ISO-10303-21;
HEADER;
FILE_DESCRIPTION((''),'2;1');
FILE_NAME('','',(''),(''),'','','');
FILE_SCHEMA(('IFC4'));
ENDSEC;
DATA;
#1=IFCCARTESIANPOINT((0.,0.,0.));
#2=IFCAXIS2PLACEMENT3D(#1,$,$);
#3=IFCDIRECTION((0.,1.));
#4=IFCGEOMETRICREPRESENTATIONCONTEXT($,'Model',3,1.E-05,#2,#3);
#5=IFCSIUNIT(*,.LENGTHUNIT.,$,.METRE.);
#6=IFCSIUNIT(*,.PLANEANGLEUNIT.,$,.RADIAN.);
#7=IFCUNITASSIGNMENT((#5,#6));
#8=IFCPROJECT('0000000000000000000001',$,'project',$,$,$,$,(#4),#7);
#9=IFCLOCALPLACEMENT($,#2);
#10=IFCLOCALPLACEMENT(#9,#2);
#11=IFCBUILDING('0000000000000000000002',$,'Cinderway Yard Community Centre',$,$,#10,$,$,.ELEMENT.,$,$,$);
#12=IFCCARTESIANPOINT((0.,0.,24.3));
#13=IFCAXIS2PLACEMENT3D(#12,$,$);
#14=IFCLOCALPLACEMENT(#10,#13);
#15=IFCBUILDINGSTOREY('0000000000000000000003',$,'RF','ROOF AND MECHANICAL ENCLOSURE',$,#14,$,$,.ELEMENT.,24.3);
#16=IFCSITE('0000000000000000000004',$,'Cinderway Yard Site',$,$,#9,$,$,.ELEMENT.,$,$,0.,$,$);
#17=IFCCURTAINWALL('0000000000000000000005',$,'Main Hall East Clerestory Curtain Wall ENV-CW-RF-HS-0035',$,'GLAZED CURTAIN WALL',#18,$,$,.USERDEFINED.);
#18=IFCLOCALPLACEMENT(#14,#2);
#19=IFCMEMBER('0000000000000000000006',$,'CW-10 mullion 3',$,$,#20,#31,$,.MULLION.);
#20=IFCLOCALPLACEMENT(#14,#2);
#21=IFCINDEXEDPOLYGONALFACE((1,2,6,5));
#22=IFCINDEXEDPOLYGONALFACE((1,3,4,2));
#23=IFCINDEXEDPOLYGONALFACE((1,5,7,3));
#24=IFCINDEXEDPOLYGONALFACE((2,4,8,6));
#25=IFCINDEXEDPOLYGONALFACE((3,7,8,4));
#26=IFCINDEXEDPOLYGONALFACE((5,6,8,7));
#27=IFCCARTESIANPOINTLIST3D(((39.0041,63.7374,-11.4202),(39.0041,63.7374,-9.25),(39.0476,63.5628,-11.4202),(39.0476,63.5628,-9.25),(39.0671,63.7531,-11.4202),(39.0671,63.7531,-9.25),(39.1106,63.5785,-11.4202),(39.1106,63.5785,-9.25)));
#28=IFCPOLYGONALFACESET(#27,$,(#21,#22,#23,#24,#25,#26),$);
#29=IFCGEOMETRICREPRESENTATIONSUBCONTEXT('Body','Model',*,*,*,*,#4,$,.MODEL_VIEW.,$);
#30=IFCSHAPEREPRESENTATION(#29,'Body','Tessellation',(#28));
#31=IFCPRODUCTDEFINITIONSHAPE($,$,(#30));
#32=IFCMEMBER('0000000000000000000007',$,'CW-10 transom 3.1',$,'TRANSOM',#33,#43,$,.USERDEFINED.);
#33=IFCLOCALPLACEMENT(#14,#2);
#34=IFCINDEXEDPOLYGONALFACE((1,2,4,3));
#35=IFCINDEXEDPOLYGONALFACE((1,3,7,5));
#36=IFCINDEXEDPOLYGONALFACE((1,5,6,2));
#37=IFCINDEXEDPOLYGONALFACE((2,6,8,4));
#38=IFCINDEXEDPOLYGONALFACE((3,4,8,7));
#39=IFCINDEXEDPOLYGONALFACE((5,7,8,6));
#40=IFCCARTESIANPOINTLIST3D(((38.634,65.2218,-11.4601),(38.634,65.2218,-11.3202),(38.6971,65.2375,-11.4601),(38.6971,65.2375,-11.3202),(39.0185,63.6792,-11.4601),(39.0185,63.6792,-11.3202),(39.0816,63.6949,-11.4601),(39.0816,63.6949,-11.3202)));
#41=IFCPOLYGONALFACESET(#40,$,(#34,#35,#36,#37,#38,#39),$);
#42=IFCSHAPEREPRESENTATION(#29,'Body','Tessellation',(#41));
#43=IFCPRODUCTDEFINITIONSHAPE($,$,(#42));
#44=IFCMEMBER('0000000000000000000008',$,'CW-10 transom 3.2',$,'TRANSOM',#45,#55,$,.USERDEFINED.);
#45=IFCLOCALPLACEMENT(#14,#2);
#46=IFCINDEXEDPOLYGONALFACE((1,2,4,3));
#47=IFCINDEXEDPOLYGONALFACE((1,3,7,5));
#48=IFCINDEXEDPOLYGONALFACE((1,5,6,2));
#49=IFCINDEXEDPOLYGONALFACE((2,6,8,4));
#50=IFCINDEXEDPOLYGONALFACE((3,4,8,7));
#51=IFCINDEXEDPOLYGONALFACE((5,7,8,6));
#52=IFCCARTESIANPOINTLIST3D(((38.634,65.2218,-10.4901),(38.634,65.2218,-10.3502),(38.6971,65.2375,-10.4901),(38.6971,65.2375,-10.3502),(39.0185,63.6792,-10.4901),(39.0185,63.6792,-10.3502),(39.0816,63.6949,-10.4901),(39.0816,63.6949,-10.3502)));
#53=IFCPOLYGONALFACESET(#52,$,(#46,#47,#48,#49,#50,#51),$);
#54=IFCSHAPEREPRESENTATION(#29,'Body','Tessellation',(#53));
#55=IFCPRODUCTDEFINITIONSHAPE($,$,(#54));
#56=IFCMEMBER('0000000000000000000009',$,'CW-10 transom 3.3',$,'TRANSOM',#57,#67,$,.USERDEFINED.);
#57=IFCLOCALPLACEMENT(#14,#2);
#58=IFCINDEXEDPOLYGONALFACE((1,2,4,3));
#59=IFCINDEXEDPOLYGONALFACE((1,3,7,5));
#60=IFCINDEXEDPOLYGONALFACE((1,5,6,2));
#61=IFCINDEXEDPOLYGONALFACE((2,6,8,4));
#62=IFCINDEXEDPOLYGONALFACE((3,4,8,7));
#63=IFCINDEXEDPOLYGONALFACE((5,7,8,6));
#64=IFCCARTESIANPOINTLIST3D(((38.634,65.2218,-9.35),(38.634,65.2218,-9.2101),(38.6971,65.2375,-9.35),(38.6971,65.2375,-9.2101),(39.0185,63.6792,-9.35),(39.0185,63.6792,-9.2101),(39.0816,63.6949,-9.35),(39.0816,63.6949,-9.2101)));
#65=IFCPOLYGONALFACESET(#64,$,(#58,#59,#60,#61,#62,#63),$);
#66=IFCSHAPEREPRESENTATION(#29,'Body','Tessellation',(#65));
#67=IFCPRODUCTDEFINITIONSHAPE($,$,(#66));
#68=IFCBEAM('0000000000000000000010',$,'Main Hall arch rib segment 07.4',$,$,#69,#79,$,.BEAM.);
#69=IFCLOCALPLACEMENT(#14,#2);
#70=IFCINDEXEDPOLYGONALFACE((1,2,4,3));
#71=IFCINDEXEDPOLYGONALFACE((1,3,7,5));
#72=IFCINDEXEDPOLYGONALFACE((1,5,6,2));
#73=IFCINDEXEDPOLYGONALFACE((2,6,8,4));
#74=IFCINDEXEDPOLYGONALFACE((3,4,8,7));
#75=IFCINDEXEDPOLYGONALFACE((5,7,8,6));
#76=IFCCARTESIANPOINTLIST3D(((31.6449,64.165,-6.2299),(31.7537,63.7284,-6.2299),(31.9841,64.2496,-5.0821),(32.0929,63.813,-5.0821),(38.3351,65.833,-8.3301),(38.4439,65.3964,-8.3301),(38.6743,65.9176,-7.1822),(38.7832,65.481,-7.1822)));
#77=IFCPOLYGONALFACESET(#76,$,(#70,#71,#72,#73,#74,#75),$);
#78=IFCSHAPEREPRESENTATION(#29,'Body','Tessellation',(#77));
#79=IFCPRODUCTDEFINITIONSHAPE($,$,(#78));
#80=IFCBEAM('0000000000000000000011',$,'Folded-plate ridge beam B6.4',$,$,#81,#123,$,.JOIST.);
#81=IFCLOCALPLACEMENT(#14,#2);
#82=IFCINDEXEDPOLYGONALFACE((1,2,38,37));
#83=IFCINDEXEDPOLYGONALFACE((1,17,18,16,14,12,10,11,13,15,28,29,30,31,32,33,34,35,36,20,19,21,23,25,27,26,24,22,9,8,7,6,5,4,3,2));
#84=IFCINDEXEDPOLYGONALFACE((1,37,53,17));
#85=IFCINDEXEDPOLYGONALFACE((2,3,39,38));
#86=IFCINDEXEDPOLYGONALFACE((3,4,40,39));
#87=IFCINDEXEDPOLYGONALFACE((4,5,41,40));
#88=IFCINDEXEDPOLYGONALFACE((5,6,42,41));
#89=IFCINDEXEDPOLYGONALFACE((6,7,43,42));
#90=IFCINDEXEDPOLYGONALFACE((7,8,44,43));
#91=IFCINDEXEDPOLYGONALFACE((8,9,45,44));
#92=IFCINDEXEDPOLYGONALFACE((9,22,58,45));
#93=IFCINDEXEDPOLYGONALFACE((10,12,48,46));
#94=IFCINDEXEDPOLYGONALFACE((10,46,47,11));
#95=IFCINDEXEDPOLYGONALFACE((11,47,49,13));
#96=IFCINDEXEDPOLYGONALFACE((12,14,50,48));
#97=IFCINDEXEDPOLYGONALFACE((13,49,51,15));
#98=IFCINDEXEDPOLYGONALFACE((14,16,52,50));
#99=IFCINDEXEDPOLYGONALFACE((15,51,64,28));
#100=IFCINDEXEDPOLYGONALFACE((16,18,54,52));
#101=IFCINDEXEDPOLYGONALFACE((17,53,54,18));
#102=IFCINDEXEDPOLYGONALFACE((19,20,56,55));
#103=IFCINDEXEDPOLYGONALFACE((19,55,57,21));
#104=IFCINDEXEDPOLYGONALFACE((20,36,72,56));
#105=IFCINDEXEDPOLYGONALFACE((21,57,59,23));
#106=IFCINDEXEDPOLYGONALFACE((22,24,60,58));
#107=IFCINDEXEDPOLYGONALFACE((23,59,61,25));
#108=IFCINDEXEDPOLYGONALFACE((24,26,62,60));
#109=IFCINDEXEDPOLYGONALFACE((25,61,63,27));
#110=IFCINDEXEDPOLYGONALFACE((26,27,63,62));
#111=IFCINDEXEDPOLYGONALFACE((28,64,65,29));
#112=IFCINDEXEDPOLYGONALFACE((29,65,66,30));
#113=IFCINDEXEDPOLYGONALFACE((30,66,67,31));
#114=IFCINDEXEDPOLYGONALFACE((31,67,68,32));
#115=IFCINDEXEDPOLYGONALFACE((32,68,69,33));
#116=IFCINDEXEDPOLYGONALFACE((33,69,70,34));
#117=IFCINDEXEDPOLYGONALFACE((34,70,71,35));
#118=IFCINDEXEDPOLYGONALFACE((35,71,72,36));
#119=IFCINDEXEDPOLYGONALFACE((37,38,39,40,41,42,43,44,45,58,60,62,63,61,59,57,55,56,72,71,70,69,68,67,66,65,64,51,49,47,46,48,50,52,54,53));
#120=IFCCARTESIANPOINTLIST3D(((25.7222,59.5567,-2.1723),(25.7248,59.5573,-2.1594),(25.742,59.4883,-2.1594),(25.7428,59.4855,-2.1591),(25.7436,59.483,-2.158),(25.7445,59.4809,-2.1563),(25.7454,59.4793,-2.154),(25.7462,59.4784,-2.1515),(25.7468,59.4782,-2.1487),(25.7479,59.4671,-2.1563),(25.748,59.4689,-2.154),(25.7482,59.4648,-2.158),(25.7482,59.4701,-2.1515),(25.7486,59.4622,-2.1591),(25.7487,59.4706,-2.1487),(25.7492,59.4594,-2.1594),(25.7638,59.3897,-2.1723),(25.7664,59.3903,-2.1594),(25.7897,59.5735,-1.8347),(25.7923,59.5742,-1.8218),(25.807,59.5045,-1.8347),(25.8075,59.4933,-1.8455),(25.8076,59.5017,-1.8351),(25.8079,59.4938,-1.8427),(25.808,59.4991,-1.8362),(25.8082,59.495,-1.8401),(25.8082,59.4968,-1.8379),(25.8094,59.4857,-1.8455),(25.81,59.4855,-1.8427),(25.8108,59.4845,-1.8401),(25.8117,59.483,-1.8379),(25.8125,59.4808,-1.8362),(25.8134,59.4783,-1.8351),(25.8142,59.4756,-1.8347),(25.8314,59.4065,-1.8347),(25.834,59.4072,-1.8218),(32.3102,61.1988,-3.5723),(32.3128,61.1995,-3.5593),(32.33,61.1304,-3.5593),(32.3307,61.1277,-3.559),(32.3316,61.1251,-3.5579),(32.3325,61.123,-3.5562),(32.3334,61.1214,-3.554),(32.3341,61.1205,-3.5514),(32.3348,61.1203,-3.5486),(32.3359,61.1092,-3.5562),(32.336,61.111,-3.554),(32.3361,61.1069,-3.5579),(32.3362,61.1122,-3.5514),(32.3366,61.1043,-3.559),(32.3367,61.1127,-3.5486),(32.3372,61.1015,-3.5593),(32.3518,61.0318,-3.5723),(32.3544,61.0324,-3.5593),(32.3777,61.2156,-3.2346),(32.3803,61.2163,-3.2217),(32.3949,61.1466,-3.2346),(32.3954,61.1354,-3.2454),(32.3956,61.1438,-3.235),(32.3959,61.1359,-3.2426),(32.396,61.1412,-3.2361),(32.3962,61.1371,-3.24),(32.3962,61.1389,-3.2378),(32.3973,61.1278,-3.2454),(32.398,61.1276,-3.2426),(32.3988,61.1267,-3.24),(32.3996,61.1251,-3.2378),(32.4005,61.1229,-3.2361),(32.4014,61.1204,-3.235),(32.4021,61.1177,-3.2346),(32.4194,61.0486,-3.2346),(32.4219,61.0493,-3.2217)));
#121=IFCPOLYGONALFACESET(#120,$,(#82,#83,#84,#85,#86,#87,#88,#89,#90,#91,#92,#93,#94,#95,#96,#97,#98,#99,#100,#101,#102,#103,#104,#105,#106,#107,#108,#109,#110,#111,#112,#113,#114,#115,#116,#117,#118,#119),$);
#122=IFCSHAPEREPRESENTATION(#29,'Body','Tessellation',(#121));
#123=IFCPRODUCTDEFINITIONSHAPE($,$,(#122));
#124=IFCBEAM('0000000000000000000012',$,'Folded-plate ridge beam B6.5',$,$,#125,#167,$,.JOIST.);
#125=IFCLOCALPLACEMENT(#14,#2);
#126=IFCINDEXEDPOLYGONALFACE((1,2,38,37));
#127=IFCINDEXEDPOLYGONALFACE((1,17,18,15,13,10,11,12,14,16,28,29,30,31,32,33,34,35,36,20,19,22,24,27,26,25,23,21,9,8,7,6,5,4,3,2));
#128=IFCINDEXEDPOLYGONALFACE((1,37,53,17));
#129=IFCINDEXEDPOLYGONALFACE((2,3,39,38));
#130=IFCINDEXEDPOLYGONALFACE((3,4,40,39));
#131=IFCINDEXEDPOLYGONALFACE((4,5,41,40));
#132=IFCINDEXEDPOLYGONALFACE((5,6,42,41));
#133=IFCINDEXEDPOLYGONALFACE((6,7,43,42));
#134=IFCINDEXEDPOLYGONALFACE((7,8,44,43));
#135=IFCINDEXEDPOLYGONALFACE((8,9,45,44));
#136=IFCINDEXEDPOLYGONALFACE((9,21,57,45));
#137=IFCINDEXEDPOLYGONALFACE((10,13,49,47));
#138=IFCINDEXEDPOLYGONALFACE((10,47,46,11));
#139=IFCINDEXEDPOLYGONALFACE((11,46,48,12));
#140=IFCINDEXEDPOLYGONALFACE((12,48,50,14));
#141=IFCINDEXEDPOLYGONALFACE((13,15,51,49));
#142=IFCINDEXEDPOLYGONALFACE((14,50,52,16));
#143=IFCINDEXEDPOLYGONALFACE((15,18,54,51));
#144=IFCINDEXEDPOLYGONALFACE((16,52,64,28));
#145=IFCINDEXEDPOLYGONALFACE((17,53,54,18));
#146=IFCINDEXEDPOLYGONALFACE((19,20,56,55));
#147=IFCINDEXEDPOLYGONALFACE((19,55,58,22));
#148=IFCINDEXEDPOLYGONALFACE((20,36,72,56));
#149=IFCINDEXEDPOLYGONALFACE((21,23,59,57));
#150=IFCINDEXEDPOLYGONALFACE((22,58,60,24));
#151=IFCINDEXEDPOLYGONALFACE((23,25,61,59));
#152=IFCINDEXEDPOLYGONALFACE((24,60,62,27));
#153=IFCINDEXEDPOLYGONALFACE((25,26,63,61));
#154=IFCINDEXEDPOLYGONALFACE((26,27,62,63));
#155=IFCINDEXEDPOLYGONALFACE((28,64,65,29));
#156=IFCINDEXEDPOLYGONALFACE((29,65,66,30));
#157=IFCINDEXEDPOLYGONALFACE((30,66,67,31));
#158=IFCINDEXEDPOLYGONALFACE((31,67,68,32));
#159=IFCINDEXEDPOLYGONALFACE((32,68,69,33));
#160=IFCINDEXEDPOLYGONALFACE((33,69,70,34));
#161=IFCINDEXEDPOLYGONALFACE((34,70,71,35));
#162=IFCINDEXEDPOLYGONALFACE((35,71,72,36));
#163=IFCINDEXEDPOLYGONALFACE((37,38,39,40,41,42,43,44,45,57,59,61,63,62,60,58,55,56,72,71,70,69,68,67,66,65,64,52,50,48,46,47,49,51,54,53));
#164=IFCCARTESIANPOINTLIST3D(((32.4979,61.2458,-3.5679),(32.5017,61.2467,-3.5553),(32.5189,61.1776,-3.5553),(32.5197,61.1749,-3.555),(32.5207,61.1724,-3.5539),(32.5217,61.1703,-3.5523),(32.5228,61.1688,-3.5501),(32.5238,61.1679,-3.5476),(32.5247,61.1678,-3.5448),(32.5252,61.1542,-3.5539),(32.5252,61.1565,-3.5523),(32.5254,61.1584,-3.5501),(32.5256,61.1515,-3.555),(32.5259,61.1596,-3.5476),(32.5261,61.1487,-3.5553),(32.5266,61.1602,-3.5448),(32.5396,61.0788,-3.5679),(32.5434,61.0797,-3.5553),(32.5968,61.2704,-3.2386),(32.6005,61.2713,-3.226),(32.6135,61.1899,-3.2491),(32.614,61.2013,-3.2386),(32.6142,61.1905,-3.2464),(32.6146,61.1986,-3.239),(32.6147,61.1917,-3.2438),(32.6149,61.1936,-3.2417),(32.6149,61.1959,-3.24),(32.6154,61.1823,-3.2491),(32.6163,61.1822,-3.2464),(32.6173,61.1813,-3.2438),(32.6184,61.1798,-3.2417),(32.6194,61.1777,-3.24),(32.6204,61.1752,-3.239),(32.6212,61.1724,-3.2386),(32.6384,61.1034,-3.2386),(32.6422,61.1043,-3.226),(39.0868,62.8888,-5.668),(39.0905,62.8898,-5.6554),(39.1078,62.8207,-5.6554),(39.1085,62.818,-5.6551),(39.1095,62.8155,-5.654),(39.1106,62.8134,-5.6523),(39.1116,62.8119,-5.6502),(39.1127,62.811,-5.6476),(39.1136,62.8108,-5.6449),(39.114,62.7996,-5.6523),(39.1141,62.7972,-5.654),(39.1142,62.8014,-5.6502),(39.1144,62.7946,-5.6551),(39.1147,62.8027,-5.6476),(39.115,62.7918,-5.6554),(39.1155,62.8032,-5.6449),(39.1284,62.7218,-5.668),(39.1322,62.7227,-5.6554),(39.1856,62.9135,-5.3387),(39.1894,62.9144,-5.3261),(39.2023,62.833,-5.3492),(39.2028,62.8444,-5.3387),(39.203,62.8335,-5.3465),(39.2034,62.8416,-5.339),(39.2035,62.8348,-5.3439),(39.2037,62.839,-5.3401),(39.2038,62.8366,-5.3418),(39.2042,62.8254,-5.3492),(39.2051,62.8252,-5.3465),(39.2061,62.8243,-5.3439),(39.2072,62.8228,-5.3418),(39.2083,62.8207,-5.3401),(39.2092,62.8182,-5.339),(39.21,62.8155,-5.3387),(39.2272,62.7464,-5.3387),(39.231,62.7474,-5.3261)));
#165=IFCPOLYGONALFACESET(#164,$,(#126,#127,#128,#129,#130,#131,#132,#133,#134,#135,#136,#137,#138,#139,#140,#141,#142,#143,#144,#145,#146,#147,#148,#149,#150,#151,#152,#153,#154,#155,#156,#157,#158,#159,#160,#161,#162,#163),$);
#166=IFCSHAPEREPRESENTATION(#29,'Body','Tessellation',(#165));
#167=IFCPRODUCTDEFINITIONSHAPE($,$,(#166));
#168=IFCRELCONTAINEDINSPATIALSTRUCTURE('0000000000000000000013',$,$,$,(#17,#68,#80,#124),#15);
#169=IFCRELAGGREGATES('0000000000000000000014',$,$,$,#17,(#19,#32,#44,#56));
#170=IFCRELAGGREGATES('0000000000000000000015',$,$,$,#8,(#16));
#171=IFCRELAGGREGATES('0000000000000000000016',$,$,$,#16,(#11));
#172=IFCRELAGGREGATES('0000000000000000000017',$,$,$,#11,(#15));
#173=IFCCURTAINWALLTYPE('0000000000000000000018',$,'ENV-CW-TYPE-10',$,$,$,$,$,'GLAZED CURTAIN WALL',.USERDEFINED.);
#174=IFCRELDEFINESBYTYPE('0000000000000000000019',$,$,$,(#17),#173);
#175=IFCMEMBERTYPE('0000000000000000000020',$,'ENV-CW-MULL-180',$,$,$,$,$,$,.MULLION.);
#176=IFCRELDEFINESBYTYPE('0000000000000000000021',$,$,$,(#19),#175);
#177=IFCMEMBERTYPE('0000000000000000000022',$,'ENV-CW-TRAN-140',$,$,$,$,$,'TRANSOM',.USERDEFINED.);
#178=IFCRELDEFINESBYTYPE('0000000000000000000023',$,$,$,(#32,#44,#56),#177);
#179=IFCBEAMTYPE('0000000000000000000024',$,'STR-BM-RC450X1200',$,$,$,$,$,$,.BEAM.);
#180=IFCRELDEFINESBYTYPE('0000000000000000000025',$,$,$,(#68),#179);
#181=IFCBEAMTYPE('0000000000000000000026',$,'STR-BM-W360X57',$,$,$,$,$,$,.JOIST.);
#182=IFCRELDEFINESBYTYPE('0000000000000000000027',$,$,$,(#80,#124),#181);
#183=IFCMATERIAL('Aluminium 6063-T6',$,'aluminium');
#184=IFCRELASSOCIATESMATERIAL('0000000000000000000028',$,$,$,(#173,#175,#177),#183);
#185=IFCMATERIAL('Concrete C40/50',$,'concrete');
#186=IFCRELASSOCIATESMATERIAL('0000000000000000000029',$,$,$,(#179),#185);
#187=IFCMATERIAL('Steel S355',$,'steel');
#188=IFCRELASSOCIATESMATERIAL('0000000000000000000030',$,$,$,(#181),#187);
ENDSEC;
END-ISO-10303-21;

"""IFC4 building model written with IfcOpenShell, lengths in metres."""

from ifc_helpers import new_model, si_unit, direction, frame, origin, origin_2d, place, context, subcontext, project, spatial, rectangle, i_section, extrude, material, material_profile, profile_set, type_object, element, aggregate, save


model = new_model("IFC4")

# Units and contexts
model_context = context("Model", 3, precision=1e-05, world=origin(), true_north=direction((0.0, 1.0)))
body_context = subcontext(model_context, "Body", "Model", "MODEL_VIEW")
ifc_project = project(units=[si_unit("LENGTHUNIT", "METRE"), si_unit("PLANEANGLEUNIT", "RADIAN")], contexts=[model_context])

# Site, building, storey
site_placement = place(None, origin())
site = spatial("IfcSite", under=ifc_project, at=site_placement, Name="Cinderway Yard Site", CompositionType="ELEMENT", RefElevation=0.0)
building_placement = place(site_placement, origin())
building = spatial("IfcBuilding", under=site, at=building_placement, Name="Cinderway Yard Community Centre", CompositionType="ELEMENT")
storey_placement = place(building_placement, frame((0.0, 0.0, 24.3)))
storey = spatial("IfcBuildingStorey", under=building, at=storey_placement, Name="RF", Description="ROOF AND MECHANICAL ENCLOSURE", CompositionType="ELEMENT", Elevation=24.3)

# Curtain wall, members
ifc_material_1 = material(Name="Aluminium 6063-T6", Category="aluminium")
curtain_wall_type = type_object("IfcCurtainWallType", Name="ENV-CW-TYPE-10", ElementType="GLAZED CURTAIN WALL", PredefinedType="USERDEFINED", material=ifc_material_1)
curtain_wall_placement = place(storey_placement, origin())
curtain_wall = element("IfcCurtainWall", 1, at=curtain_wall_placement, inside=storey, type_object=curtain_wall_type, Name="Main Hall East Clerestory Curtain Wall ENV-CW-RF-HS-0035", ObjectType="GLAZED CURTAIN WALL", PredefinedType="USERDEFINED")
ifc_material_profile_1 = material_profile(ifc_material_1, rectangle(XDim=0.0649, YDim=0.1799, at=origin_2d()), Name="Aluminium 6063-T6")
ifc_profile_set_1 = profile_set([ifc_material_profile_1], Name="Aluminium 6063-T6")
member_type_1 = type_object("IfcMemberType", Name="ENV-CW-MULL-180", PredefinedType="MULLION", material=ifc_profile_set_1)
member_1_placement = place(storey_placement, frame((39.0574, 63.658, -11.4202), z_axis=(0.0, 0.0, 1.0), x_axis=(-0.970306, -0.241882, 0.0)))
member_1 = element("IfcMember", 2, at=member_1_placement, type_object=member_type_1, Name="CW-10 mullion 3", PredefinedType="MULLION", context=body_context, shape_type="SweptSolid", body=[
    extrude(rectangle(XDim=0.0649, YDim=0.1799, at=origin_2d()), origin(), (0.0, 0.0, 1.0), 2.1702),
])
ifc_material_profile_2 = material_profile(ifc_material_1, rectangle(XDim=0.0649, YDim=0.1399, at=origin_2d()), Name="Aluminium 6063-T6")
ifc_profile_set_2 = profile_set([ifc_material_profile_2], Name="Aluminium 6063-T6")
member_type_2 = type_object("IfcMemberType", Name="ENV-CW-TRAN-140", ElementType="TRANSOM", PredefinedType="USERDEFINED", material=ifc_profile_set_2)
member_2_placement = place(storey_placement, frame((39.05, 63.687, -11.3901), z_axis=(-0.241849, 0.970314, 0.0), x_axis=(-0.970314, -0.241849, 0.0)))
member_2 = element("IfcMember", 3, at=member_2_placement, type_object=member_type_2, Name="CW-10 transom 3.1", ObjectType="TRANSOM", PredefinedType="USERDEFINED", context=body_context, shape_type="SweptSolid", body=[
    extrude(rectangle(XDim=0.0649, YDim=0.1399, at=origin_2d()), origin(), (0.0, 0.0, 1.0), 1.5898),
])
member_3_placement = place(storey_placement, frame((39.05, 63.687, -10.4202), z_axis=(-0.241849, 0.970314, 0.0), x_axis=(-0.970314, -0.241849, 0.0)))
member_3 = element("IfcMember", 4, at=member_3_placement, type_object=member_type_2, Name="CW-10 transom 3.2", ObjectType="TRANSOM", PredefinedType="USERDEFINED", context=body_context, shape_type="SweptSolid", body=[
    extrude(rectangle(XDim=0.0649, YDim=0.1399, at=origin_2d()), origin(), (0.0, 0.0, 1.0), 1.5898),
])
member_4_placement = place(storey_placement, frame((39.05, 63.687, -9.28), z_axis=(-0.241849, 0.970314, 0.0), x_axis=(-0.970314, -0.241849, 0.0)))
member_4 = element("IfcMember", 5, at=member_4_placement, type_object=member_type_2, Name="CW-10 transom 3.3", ObjectType="TRANSOM", PredefinedType="USERDEFINED", context=body_context, shape_type="SweptSolid", body=[
    extrude(rectangle(XDim=0.0649, YDim=0.1399, at=origin_2d()), origin(), (0.0, 0.0, 1.0), 1.5898),
])

# Beams
ifc_material_2 = material(Name="Concrete C40/50", Category="concrete")
ifc_material_profile_3 = material_profile(ifc_material_2, rectangle(XDim=0.45, YDim=1.2, at=origin_2d()), Name="Concrete C40/50")
ifc_profile_set_3 = profile_set([ifc_material_profile_3], Name="Concrete C40/50")
beam_type_1 = type_object("IfcBeamType", Name="STR-BM-RC450X1200", PredefinedType="BEAM", material=ifc_profile_set_3)
beam_1_placement = place(storey_placement, frame((31.8689, 63.989, -5.656), z_axis=(0.928198, 0.231414, -0.291368), x_axis=(-0.241911, 0.970299, 0.0)))
element("IfcBeam", 6, at=beam_1_placement, inside=storey, type_object=beam_type_1, Name="Main Hall arch rib segment 07.4", PredefinedType="BEAM", context=body_context, shape_type="SweptSolid", body=[
    extrude(rectangle(XDim=0.45, YDim=1.2, at=origin_2d()), origin(), (0.0, 0.0, 1.0), 7.2078),
])
ifc_material_3 = material(Name="Steel S355", Category="steel")
ifc_material_profile_4 = material_profile(ifc_material_3, i_section(OverallWidth=0.1721, OverallDepth=0.3579, WebThickness=0.0078, FlangeThickness=0.0132, FilletRadius=0.011, at=origin_2d()), Name="Steel S355")
ifc_profile_set_4 = profile_set([ifc_material_profile_4], Name="Steel S355")
beam_type_2 = type_object("IfcBeamType", Name="STR-BM-W360X57", PredefinedType="JOIST", material=ifc_profile_set_4)
beam_2_placement = place(storey_placement, frame((25.7781, 59.4819, -1.9971), z_axis=(0.950321, 0.236876, -0.20194), x_axis=(-0.241859, 0.970311, 0.0)))
element("IfcBeam", 7, at=beam_2_placement, inside=storey, type_object=beam_type_2, Name="Folded-plate ridge beam B6.4", PredefinedType="JOIST", context=body_context, shape_type="SweptSolid", body=[
    extrude(i_section(OverallWidth=0.1721, OverallDepth=0.3579, WebThickness=0.0078, FlangeThickness=0.0132, FilletRadius=0.011, at=origin_2d()), origin(), (0.0, 0.0, 1.0), 6.9324),
])
beam_3_placement = place(storey_placement, frame((32.5701, 61.175, -3.397), z_axis=(0.926969, 0.231158, -0.295457), x_axis=(-0.24196, 0.970286, 0.0)))
element("IfcBeam", 8, at=beam_3_placement, inside=storey, type_object=beam_type_2, Name="Folded-plate ridge beam B6.5", PredefinedType="JOIST", context=body_context, shape_type="SweptSolid", body=[
    extrude(i_section(OverallWidth=0.1721, OverallDepth=0.3579, WebThickness=0.0078, FlangeThickness=0.0132, FilletRadius=0.011, at=origin_2d()), origin(), (0.0, 0.0, 1.0), 7.1079),
])

aggregate(curtain_wall, [member_1, member_2, member_3, member_4])

save(model, "model.ifc")
